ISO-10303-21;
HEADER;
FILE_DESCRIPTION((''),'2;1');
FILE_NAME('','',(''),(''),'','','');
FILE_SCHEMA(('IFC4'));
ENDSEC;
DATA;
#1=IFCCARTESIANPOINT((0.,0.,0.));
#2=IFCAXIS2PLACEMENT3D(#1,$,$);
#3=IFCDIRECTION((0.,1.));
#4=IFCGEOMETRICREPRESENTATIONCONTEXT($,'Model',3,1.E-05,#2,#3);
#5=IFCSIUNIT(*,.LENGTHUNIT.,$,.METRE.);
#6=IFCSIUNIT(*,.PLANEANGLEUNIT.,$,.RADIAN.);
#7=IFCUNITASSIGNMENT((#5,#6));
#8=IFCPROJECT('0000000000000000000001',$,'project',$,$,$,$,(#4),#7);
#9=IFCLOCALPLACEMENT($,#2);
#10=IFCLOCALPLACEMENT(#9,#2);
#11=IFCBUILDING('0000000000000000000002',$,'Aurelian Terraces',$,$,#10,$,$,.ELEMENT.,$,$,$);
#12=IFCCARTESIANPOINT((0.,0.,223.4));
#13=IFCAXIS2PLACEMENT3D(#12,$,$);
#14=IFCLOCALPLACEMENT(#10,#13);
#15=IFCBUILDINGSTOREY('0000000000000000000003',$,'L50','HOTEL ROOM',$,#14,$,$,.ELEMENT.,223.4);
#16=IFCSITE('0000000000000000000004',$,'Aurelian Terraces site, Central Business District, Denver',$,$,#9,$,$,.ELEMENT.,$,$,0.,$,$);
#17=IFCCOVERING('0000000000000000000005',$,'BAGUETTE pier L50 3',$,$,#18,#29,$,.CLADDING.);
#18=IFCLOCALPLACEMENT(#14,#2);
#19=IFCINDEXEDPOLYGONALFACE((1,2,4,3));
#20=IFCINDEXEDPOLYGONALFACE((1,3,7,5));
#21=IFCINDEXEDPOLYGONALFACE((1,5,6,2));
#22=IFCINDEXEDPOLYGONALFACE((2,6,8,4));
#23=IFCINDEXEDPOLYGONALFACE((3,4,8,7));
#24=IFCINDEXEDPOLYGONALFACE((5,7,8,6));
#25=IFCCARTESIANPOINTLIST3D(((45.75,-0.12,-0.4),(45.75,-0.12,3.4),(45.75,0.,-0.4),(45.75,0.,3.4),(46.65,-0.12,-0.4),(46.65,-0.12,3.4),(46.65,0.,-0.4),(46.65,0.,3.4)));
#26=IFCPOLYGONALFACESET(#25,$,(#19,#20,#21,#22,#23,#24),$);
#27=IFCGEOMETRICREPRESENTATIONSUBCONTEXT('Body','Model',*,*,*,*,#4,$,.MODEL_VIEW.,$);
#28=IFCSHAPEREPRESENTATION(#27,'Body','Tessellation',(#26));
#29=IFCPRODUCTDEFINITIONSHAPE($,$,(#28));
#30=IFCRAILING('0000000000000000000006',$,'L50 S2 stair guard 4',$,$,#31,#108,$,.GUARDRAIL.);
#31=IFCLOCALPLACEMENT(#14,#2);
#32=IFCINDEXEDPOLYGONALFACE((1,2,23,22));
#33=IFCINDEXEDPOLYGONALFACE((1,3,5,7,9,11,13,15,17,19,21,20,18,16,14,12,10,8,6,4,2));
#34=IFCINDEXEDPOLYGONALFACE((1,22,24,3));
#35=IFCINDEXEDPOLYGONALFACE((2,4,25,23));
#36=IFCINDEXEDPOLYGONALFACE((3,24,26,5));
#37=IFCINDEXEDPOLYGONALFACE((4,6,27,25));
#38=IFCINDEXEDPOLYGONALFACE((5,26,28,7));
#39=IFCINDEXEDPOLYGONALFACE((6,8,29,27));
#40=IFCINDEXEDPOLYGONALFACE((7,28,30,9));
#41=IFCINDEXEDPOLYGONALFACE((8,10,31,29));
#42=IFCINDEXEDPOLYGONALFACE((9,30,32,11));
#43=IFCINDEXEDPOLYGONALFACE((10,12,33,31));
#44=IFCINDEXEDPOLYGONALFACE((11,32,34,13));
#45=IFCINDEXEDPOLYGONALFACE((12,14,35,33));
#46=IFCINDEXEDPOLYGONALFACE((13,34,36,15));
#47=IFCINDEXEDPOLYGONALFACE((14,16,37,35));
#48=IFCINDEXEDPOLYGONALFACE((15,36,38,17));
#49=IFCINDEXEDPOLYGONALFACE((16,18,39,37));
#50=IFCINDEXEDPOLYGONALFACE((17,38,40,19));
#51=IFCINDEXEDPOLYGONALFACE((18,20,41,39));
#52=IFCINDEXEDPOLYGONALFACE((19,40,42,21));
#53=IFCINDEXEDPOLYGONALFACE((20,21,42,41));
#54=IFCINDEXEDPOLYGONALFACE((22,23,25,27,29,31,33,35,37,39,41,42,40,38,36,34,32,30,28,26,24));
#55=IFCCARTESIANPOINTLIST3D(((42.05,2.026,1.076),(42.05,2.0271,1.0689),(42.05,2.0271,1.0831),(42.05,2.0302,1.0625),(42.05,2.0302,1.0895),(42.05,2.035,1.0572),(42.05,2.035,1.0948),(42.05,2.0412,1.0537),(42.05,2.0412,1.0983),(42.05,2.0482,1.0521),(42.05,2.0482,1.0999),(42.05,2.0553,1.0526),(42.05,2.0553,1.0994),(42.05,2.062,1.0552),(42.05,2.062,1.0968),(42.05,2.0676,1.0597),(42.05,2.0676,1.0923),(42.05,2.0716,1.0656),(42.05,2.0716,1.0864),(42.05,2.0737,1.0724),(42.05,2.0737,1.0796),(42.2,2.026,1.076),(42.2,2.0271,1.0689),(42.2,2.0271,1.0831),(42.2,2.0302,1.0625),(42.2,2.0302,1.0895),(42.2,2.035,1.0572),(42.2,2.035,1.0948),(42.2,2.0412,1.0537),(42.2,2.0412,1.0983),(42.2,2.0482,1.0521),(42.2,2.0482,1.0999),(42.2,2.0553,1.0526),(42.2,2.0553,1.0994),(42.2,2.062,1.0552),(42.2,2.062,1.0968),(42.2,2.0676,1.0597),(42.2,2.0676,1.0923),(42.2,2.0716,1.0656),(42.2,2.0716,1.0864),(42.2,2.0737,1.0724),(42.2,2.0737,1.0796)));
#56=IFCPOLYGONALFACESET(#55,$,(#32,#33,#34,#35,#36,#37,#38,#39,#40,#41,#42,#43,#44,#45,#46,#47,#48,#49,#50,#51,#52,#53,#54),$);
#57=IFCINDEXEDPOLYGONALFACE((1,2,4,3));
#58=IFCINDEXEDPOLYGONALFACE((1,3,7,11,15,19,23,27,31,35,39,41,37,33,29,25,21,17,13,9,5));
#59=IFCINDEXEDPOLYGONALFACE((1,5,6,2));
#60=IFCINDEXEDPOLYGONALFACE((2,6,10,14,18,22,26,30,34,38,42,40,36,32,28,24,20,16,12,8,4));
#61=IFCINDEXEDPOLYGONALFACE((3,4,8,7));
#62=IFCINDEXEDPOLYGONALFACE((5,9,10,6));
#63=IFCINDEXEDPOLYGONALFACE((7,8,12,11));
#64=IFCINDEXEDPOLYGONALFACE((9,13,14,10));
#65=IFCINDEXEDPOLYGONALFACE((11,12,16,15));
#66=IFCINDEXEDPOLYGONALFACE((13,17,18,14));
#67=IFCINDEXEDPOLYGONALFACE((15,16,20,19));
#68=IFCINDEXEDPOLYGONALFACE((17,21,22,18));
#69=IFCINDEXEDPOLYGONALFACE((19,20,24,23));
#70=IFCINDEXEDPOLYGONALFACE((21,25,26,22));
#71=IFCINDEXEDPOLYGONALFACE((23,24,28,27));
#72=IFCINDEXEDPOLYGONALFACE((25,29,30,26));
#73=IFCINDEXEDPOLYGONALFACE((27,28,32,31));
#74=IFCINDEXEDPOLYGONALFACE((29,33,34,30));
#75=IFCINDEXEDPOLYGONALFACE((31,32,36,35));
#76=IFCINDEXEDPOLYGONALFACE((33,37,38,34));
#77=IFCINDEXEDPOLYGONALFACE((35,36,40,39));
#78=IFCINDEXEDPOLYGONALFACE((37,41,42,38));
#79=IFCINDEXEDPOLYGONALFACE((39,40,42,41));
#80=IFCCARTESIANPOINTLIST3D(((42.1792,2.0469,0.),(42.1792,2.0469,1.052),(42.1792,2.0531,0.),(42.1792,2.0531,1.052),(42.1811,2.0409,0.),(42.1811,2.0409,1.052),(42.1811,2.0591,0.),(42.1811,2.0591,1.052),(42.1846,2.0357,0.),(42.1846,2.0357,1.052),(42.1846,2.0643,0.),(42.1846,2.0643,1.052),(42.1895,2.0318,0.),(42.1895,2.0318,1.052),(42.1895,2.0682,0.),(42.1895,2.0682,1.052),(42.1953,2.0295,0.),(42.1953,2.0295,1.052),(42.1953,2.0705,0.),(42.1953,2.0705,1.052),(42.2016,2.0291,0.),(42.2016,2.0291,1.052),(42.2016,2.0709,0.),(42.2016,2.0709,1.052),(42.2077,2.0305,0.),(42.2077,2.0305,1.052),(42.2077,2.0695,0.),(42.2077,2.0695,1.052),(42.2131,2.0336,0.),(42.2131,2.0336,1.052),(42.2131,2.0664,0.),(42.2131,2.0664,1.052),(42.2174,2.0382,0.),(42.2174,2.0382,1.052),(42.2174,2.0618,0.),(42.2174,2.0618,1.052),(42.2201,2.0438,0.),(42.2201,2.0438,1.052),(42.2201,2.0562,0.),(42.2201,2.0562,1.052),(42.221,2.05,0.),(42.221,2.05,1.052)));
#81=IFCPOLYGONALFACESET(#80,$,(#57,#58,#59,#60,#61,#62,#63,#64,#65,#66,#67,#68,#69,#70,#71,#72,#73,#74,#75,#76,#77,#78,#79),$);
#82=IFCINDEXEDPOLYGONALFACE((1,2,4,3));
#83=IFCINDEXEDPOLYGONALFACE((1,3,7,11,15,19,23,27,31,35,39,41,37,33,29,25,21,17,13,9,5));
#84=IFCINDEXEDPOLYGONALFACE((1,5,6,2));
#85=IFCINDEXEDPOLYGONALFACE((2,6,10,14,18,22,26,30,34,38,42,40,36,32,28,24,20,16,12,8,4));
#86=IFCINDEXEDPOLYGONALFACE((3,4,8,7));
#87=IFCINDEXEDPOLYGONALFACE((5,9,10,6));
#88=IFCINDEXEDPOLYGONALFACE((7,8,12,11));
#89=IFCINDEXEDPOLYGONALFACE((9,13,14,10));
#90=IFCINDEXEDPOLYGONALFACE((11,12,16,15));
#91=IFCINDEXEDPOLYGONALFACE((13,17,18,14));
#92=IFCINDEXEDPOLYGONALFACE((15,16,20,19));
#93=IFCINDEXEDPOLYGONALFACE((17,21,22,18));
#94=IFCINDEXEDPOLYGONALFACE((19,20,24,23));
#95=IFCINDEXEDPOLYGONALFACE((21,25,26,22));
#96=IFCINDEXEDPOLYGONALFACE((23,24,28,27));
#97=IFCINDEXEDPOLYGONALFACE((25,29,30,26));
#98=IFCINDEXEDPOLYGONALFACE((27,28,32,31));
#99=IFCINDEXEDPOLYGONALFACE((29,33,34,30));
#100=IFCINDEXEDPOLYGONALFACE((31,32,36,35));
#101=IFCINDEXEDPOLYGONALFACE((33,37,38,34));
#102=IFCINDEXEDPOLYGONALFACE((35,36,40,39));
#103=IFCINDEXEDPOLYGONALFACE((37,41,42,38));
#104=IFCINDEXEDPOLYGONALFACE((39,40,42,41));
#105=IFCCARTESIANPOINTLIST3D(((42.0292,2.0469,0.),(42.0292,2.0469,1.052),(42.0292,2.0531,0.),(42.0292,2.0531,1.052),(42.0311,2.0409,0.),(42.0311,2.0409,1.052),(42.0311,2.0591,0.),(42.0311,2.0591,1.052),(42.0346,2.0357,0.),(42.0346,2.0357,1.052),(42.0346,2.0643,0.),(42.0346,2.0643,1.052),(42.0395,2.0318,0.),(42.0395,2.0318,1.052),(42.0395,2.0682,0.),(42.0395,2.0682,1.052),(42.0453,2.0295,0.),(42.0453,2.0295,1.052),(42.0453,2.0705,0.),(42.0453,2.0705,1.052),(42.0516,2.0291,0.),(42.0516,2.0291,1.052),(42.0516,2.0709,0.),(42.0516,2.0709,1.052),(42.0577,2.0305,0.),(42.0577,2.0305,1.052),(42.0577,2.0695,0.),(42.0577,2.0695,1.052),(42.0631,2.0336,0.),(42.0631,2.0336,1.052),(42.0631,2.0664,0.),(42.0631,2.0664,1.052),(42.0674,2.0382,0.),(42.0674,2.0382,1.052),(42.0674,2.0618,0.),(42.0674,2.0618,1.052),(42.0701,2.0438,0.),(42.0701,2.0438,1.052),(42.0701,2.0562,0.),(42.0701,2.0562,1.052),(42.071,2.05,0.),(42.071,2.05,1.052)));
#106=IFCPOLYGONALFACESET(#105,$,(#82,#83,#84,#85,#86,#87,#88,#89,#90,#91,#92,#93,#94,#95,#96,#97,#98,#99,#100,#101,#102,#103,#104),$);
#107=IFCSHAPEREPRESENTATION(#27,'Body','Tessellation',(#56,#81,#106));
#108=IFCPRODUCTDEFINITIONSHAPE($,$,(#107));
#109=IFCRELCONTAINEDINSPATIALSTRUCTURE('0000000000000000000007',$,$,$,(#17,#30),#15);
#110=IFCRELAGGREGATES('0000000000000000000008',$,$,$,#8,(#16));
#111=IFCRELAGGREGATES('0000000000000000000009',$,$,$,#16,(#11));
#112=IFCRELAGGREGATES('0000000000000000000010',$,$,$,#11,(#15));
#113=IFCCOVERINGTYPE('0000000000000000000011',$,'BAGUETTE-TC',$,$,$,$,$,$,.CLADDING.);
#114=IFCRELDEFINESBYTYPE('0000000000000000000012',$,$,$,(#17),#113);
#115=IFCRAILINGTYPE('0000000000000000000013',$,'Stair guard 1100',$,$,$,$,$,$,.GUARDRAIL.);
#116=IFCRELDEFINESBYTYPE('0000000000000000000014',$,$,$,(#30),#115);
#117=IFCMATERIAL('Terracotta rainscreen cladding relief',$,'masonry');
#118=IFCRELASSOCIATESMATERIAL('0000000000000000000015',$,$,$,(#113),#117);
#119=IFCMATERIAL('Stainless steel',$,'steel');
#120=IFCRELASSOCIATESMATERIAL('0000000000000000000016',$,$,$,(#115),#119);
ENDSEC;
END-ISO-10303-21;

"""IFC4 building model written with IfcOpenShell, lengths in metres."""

from ifc_helpers import new_model, si_unit, direction, frame, origin, origin_2d, place, context, subcontext, project, spatial, rectangle, circle, extrude, source, transform, mapped, material, type_object, element, save


model = new_model("IFC4")

# Units and contexts
model_context = context("Model", 3, precision=1e-05, world=origin(), true_north=direction((0.0, 1.0)))
body_context = subcontext(model_context, "Body", "Model", "MODEL_VIEW")
ifc_project = project(units=[si_unit("LENGTHUNIT", "METRE"), si_unit("PLANEANGLEUNIT", "RADIAN")], contexts=[model_context])

# Site, building, storey
site_placement = place(None, origin())
site = spatial("IfcSite", under=ifc_project, at=site_placement, Name="Aurelian Terraces site, Central Business District, Denver", CompositionType="ELEMENT", RefElevation=0.0)
building_placement = place(site_placement, origin())
building = spatial("IfcBuilding", under=site, at=building_placement, Name="Aurelian Terraces", CompositionType="ELEMENT")
storey_placement = place(building_placement, frame((0.0, 0.0, 223.4)))
storey = spatial("IfcBuildingStorey", under=building, at=storey_placement, Name="L50", Description="HOTEL ROOM", CompositionType="ELEMENT", Elevation=223.4)

# Covering
ifc_material_1 = material(Name="Terracotta rainscreen cladding relief", Category="masonry")
covering_type = type_object("IfcCoveringType", Name="BAGUETTE-TC", PredefinedType="CLADDING", material=ifc_material_1)
shared_shape_1 = source(origin(), body_context, "Body", "SweptSolid", [
    extrude(rectangle(XDim=0.9, YDim=0.12, at=origin_2d()), origin(), (0.0, 0.0, 1.0), 3.8),
])
covering_placement = place(storey_placement, frame((46.2, -0.06, -0.4), z_axis=(0.0, 0.0, 1.0), x_axis=(1.0, 0.0, 0.0)))
element("IfcCovering", 1, at=covering_placement, inside=storey, type_object=covering_type, Name="BAGUETTE pier L50 3", PredefinedType="CLADDING", context=body_context, shape_type="MappedRepresentation", body=[
    mapped(shared_shape_1, transform((0.0, 0.0, 0.0), scale=1.0)),
])

# Railing
ifc_material_2 = material(Name="Stainless steel", Category="steel")
railing_type = type_object("IfcRailingType", Name="Stair guard 1100", PredefinedType="GUARDRAIL", material=ifc_material_2)
shared_shape_2 = source(origin(), body_context, "Body", "SweptSolid", [
    extrude(circle(Radius=0.024, at=origin_2d()), frame((0.0, 0.0, 1.076), z_axis=(-1.0, 0.0, 0.0), x_axis=(0.0, -1.0, 0.0)), (0.0, 0.0, 1.0), 0.15),
    extrude(circle(Radius=0.021, at=origin_2d()), origin(), (0.0, 0.0, 1.0), 1.052),
    extrude(circle(Radius=0.021, at=origin_2d()), frame((-0.15, 0.0, 0.0)), (0.0, 0.0, 1.0), 1.052),
])
railing_1_placement = place(storey_placement, frame((42.2, 2.05, 0.0)))
element("IfcRailing", 2, at=railing_1_placement, inside=storey, type_object=railing_type, Name="L50 S2 stair guard 4", PredefinedType="GUARDRAIL", context=body_context, shape_type="MappedRepresentation", body=[
    mapped(shared_shape_2, transform((0.0, 0.0, 0.0), scale=1.0)),
])

save(model, "model.ifc")
